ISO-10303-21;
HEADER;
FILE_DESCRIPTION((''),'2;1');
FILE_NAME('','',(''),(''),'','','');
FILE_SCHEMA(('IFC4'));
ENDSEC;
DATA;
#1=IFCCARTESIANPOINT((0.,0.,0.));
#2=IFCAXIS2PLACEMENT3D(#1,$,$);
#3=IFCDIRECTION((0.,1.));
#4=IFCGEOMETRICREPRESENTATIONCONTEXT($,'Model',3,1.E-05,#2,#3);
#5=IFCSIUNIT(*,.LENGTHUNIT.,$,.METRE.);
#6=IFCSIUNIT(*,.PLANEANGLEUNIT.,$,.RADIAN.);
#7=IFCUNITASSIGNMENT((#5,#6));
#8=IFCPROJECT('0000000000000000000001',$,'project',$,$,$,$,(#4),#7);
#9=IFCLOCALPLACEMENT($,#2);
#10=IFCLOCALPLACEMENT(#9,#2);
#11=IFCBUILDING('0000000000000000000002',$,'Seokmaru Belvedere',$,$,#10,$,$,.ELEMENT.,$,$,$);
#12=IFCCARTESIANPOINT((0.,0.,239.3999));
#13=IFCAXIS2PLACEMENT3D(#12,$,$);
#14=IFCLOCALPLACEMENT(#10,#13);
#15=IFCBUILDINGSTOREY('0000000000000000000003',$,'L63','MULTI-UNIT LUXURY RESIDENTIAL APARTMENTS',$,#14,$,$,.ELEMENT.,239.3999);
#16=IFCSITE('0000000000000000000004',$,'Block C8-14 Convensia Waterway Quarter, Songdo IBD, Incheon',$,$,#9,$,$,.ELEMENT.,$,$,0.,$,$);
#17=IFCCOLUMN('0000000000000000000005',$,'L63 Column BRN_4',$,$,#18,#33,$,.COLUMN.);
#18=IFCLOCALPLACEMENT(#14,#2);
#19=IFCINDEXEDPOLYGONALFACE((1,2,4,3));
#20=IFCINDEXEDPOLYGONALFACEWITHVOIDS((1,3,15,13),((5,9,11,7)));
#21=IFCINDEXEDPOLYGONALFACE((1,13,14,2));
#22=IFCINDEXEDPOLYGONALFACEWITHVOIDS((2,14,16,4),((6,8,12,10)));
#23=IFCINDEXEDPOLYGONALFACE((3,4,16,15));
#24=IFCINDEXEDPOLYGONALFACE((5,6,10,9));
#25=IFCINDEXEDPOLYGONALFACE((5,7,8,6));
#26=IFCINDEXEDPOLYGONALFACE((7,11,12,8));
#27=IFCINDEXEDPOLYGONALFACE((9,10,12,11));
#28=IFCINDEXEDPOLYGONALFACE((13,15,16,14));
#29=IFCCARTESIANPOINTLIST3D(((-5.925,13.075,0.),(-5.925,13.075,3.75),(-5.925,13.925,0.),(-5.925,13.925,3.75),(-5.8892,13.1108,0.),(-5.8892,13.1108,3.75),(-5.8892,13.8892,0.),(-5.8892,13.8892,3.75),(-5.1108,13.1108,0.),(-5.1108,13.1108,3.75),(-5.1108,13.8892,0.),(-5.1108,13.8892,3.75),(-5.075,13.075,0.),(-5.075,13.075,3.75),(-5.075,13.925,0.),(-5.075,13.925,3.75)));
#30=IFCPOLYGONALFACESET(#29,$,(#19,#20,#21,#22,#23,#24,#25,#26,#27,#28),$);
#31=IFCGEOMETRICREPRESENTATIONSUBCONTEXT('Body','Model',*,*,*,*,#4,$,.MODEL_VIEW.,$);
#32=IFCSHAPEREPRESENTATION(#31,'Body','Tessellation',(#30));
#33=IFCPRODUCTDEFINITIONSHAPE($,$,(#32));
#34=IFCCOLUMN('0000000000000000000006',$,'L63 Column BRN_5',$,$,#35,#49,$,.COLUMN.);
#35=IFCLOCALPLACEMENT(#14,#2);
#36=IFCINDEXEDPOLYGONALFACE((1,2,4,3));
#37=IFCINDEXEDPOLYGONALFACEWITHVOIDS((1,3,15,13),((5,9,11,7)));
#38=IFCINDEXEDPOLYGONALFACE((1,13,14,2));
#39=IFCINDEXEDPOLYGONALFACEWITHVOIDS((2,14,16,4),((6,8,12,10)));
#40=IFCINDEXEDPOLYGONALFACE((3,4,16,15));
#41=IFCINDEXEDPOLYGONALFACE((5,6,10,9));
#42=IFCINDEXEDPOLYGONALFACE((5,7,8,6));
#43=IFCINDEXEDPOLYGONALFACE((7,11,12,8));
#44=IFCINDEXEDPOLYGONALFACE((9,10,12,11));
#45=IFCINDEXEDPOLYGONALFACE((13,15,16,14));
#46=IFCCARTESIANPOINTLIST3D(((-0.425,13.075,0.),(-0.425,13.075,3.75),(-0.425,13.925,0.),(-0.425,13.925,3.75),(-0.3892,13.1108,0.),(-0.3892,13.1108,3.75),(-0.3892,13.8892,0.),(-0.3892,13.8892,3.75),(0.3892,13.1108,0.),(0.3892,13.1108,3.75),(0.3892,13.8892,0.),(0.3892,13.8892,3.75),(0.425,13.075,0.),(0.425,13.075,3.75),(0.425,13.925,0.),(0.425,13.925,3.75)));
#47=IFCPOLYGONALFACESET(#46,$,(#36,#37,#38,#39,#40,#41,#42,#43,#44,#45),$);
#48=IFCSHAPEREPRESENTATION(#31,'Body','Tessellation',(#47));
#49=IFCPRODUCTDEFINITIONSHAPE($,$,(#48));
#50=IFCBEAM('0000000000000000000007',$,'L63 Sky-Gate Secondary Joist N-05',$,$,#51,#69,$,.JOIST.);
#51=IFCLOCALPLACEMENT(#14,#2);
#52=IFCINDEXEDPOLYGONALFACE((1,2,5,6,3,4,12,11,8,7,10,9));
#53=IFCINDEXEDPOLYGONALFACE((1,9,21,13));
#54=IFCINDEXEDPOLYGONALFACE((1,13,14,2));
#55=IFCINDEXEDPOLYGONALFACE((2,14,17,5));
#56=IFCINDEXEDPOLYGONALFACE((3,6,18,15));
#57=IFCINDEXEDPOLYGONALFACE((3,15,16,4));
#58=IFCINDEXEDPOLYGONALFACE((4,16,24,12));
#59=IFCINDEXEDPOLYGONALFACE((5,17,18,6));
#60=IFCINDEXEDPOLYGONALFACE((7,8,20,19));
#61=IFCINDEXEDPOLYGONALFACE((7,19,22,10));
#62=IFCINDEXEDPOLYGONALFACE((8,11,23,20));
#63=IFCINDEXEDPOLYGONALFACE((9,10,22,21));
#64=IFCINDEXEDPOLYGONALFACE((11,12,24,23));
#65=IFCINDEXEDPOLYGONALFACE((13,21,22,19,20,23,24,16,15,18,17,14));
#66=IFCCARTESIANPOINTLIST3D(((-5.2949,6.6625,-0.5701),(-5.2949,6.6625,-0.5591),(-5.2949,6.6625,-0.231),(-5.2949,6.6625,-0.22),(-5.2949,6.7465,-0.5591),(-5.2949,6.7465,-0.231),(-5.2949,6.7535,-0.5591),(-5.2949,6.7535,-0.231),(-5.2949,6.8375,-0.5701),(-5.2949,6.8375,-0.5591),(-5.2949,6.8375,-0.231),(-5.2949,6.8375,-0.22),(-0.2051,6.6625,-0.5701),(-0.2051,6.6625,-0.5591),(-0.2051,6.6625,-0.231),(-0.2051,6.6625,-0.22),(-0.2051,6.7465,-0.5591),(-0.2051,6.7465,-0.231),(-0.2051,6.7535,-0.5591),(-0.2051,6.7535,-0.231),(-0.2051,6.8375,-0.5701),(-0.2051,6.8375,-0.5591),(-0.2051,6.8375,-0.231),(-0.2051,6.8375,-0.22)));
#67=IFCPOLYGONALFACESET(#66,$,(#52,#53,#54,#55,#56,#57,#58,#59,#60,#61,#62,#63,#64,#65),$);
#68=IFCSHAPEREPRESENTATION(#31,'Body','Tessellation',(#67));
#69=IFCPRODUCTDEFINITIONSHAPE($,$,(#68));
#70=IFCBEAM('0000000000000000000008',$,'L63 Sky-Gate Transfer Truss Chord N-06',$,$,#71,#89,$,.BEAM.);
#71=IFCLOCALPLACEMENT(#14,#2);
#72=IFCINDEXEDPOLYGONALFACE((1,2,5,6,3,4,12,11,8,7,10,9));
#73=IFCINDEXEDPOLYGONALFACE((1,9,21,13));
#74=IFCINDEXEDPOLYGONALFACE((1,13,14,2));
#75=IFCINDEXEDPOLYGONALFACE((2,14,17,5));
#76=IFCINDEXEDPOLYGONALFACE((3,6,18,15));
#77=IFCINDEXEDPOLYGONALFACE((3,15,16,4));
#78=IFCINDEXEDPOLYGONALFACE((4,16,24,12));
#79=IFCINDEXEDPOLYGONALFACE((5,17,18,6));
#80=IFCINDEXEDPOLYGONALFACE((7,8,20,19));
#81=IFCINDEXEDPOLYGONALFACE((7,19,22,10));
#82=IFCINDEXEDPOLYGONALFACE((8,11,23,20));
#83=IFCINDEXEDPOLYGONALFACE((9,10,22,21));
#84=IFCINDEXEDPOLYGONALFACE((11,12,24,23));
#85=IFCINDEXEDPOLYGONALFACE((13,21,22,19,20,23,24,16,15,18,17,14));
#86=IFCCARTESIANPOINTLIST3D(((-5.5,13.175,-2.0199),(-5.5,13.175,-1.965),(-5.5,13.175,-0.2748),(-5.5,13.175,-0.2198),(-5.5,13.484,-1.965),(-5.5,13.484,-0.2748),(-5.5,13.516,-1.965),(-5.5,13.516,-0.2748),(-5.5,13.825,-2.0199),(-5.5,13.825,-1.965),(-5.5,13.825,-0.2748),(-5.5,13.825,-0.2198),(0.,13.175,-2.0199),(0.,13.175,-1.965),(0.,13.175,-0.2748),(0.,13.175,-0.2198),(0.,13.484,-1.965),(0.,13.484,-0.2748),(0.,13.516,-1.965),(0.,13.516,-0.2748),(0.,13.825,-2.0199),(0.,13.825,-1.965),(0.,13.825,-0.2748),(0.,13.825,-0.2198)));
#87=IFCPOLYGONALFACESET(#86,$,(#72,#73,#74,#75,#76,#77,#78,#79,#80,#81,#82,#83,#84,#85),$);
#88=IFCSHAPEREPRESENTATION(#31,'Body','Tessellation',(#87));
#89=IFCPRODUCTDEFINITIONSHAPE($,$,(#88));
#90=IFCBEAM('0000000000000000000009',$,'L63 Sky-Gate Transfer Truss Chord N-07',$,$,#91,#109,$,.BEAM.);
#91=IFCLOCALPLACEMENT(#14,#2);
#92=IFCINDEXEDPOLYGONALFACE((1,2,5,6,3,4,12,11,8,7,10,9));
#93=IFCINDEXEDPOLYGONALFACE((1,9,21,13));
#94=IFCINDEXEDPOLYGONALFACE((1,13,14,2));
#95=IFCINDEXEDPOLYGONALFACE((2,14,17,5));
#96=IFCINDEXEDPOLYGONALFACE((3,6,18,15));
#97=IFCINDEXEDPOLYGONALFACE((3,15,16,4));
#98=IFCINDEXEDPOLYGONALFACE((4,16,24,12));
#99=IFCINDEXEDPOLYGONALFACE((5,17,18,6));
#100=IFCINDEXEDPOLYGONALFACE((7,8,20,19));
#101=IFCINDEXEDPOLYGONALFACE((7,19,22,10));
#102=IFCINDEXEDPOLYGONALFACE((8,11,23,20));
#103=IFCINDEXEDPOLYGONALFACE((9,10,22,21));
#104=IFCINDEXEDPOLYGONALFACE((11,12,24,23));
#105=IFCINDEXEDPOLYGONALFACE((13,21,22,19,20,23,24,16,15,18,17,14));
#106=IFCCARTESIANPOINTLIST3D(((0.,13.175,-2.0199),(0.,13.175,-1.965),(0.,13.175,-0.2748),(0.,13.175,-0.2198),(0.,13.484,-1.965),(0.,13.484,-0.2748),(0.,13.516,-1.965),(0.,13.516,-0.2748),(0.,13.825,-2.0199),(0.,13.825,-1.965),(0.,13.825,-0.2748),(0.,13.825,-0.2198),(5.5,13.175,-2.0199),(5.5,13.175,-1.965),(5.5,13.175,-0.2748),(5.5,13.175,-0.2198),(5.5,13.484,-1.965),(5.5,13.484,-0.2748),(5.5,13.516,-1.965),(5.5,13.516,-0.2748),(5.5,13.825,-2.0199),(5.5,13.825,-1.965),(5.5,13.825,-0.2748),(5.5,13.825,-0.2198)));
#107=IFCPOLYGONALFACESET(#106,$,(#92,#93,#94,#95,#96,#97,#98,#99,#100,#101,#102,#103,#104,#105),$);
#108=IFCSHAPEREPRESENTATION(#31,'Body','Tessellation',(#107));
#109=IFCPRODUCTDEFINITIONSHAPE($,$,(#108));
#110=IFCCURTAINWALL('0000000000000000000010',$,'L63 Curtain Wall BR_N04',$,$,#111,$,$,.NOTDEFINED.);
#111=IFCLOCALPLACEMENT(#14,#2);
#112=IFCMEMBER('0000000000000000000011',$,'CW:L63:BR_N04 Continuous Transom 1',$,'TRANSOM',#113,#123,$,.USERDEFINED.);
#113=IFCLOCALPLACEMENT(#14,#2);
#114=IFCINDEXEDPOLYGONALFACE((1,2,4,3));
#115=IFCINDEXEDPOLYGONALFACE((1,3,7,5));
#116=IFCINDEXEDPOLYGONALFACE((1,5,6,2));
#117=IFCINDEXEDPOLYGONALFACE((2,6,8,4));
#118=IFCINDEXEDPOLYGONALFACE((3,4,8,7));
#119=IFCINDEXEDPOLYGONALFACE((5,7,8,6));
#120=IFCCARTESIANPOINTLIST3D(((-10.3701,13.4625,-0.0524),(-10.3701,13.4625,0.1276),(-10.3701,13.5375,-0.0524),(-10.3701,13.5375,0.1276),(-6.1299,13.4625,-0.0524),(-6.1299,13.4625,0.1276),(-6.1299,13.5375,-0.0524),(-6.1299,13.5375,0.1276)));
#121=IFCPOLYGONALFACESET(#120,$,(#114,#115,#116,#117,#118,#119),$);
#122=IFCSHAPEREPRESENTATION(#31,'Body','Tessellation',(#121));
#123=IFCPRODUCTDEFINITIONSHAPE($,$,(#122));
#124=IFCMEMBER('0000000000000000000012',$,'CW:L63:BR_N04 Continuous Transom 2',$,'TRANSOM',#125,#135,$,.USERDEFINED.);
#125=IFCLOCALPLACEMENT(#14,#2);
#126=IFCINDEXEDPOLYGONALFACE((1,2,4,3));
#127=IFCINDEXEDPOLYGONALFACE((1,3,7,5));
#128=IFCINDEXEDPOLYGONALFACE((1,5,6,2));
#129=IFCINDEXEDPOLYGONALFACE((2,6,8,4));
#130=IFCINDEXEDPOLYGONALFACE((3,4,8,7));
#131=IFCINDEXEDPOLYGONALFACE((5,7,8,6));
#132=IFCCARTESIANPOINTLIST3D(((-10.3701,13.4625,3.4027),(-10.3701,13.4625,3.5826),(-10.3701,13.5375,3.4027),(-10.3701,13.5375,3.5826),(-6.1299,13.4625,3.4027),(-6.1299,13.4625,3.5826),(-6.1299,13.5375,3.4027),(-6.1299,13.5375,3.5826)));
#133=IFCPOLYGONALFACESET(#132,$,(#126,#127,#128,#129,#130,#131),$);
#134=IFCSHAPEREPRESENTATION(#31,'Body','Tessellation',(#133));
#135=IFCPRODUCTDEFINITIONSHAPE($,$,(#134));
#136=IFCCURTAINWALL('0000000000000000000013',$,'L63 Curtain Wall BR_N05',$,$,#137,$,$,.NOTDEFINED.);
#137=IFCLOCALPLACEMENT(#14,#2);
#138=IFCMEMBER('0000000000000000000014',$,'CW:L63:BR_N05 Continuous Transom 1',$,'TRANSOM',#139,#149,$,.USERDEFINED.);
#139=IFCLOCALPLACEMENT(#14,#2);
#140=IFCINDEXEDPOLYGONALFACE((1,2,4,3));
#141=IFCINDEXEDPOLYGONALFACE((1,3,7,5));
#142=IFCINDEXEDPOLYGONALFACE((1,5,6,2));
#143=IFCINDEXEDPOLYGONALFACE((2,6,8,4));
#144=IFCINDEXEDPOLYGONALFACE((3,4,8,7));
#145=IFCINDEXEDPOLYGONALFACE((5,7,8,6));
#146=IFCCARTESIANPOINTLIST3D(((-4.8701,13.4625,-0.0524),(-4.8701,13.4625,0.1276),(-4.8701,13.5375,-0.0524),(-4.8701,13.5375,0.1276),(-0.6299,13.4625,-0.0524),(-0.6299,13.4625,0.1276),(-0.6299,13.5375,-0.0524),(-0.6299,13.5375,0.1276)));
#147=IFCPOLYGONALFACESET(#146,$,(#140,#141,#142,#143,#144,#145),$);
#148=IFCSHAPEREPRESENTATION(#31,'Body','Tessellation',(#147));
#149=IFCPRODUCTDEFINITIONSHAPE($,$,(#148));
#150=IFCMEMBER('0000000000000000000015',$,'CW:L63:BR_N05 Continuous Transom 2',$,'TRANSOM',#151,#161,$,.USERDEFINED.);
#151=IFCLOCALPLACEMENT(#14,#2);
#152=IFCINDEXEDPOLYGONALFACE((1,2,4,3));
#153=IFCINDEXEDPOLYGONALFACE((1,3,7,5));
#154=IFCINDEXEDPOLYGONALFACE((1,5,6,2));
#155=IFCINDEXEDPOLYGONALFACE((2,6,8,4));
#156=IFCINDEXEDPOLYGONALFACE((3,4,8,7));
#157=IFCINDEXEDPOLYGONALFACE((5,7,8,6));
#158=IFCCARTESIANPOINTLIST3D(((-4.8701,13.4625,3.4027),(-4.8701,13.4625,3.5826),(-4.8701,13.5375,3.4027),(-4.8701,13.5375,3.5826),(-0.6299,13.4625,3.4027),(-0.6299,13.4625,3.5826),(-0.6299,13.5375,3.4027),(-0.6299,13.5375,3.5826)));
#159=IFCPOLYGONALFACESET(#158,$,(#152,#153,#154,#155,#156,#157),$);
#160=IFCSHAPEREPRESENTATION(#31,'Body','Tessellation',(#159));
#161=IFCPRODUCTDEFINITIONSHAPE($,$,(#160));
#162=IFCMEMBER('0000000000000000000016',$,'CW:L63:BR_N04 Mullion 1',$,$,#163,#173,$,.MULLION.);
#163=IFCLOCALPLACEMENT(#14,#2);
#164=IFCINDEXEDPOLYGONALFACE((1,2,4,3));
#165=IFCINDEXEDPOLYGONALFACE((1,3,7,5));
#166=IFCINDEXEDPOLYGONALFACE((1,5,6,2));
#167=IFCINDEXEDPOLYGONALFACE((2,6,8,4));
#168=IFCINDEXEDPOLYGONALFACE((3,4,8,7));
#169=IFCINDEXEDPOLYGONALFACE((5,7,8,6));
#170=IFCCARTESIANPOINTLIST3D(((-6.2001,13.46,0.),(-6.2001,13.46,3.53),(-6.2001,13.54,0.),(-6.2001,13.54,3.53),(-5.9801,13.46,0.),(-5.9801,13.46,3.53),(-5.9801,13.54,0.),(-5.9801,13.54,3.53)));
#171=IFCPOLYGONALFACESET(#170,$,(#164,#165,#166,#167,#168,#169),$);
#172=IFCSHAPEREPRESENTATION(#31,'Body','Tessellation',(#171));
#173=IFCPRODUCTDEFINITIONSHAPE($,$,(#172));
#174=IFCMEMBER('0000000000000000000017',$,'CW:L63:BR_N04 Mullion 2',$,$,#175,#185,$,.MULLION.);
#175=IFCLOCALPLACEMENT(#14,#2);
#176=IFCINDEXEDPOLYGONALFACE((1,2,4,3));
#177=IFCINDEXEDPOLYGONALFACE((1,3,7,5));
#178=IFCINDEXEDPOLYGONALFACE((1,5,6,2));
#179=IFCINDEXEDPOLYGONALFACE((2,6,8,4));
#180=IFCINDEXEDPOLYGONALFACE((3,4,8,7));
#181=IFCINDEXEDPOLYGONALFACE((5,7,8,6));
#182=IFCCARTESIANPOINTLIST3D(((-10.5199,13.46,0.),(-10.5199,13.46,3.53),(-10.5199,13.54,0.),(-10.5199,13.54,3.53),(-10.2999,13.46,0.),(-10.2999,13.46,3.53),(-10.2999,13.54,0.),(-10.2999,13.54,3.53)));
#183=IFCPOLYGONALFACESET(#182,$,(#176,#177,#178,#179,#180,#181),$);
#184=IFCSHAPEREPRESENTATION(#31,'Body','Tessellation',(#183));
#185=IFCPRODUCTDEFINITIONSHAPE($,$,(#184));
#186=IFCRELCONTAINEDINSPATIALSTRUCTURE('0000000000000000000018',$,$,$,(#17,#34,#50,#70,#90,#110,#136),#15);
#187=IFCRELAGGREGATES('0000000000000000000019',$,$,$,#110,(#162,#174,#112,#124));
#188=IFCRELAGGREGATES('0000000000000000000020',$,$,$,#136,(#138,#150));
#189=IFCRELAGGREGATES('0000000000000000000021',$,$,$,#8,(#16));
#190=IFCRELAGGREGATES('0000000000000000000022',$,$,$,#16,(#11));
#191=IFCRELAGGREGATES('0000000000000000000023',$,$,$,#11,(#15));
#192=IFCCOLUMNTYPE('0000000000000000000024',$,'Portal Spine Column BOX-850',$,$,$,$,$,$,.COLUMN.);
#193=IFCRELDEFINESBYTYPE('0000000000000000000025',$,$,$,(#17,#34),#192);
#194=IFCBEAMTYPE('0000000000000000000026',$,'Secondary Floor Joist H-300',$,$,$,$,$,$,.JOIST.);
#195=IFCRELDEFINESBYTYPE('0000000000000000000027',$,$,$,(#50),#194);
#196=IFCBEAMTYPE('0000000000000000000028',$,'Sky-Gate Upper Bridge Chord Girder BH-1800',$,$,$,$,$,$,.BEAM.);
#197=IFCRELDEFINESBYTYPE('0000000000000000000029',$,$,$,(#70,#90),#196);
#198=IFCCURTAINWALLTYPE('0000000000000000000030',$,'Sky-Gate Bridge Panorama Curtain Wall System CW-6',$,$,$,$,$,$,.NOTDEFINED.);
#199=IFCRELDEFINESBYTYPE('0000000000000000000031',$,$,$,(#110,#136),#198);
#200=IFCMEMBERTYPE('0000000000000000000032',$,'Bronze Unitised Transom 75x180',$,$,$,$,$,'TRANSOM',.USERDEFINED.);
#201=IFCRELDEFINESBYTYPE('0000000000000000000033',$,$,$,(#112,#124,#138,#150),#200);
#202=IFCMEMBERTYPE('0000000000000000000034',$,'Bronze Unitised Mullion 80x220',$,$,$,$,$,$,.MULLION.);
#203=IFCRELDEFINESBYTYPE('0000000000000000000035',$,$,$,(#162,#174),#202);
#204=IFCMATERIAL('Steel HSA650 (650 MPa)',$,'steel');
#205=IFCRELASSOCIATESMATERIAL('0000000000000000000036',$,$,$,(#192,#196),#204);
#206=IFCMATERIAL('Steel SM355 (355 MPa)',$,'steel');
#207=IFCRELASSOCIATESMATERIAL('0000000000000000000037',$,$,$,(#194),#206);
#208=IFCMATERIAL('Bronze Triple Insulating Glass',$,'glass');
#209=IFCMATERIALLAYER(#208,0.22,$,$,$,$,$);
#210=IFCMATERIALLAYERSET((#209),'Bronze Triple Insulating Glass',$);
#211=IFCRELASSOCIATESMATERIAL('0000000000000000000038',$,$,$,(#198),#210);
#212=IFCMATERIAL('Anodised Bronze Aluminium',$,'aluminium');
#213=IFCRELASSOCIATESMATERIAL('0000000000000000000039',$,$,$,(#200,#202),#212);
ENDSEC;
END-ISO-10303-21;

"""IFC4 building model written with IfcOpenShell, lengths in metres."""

from ifc_helpers import new_model, si_unit, direction, frame, origin, origin_2d, place, context, subcontext, project, spatial, rectangle, hollow_rectangle, i_section, extrude, source, transform, mapped, material, layer, layer_set, material_profile, profile_set, type_object, type_shapes, element, aggregate, save


model = new_model("IFC4")

# Units and contexts
model_context = context("Model", 3, precision=1e-05, world=origin(), true_north=direction((0.0, 1.0)))
body_context = subcontext(model_context, "Body", "Model", "MODEL_VIEW")
ifc_project = project(units=[si_unit("LENGTHUNIT", "METRE"), si_unit("PLANEANGLEUNIT", "RADIAN")], contexts=[model_context])

# Site, building, storey
site_placement = place(None, origin())
site = spatial("IfcSite", under=ifc_project, at=site_placement, Name="Block C8-14 Convensia Waterway Quarter, Songdo IBD, Incheon", CompositionType="ELEMENT", RefElevation=0.0)
building_placement = place(site_placement, origin())
building = spatial("IfcBuilding", under=site, at=building_placement, Name="Seokmaru Belvedere", CompositionType="ELEMENT")
storey_placement = place(building_placement, frame((0.0, 0.0, 239.3999)))
storey = spatial("IfcBuildingStorey", under=building, at=storey_placement, Name="L63", Description="MULTI-UNIT LUXURY RESIDENTIAL APARTMENTS", CompositionType="ELEMENT", Elevation=239.3999)

# Columns
ifc_material_1 = material(Name="Steel HSA650 (650 MPa)", Category="steel")
ifc_material_profile_1 = material_profile(ifc_material_1, hollow_rectangle(XDim=0.8501, YDim=0.8501, WallThickness=0.0359, at=origin_2d()), Name="BOX-850x850x36")
ifc_profile_set_1 = profile_set([ifc_material_profile_1], Name="Steel HSA650 (650 MPa)")
column_type = type_object("IfcColumnType", Name="Portal Spine Column BOX-850", PredefinedType="COLUMN", material=ifc_profile_set_1)
shared_shape_1 = source(origin(), body_context, "Body", "SweptSolid", [
    extrude(hollow_rectangle(XDim=0.8501, YDim=0.8501, WallThickness=0.0359, at=origin_2d()), origin(), (0.0, 0.0, 1.0), 3.75),
])
type_shapes(column_type, [shared_shape_1])
for number, where, z_axis, x_axis, name in (
    (1, (-5.5, 13.5, 0.0), (0.0, 0.0, 1.0), (1.0, 0.0, 0.0), "L63 Column BRN_4"),
    (2, (0.0, 13.5, 0.0), (0.0, 0.0, 1.0), (1.0, 0.0, 0.0), "L63 Column BRN_5"),
):
    element("IfcColumn", number, at=place(storey_placement, frame(where, z_axis=z_axis, x_axis=x_axis)), inside=storey, type_object=column_type, Name=name, PredefinedType="COLUMN", context=body_context, shape_type="MappedRepresentation", body=[
        mapped(shared_shape_1, transform((0.0, 0.0, 0.0), scale=1.0)),
    ])

# Beams
ifc_material_2 = material(Name="Steel SM355 (355 MPa)", Category="steel")
ifc_material_profile_2 = material_profile(ifc_material_2, i_section(OverallWidth=0.175, OverallDepth=0.3501, WebThickness=0.0071, FlangeThickness=0.011, at=origin_2d()), Name="H-350x175x7x11")
ifc_profile_set_2 = profile_set([ifc_material_profile_2], Name="Steel SM355 (355 MPa)")
beam_type_1 = type_object("IfcBeamType", Name="Secondary Floor Joist H-300", PredefinedType="JOIST", material=ifc_profile_set_2)
shared_shape_2 = source(origin(), body_context, "Body", "SweptSolid", [
    extrude(i_section(OverallWidth=0.175, OverallDepth=0.3501, WebThickness=0.0071, FlangeThickness=0.011, at=origin_2d()), origin(), (0.0, 0.0, 1.0), 5.0898),
])
type_shapes(beam_type_1, [shared_shape_2])
beam_placement = place(storey_placement, frame((-5.2949, 6.75, -0.395), z_axis=(1.0, 0.0, 0.0), x_axis=(0.0, 1.0, 0.0)))
element("IfcBeam", 3, at=beam_placement, inside=storey, type_object=beam_type_1, Name="L63 Sky-Gate Secondary Joist N-05", PredefinedType="JOIST", context=body_context, shape_type="MappedRepresentation", body=[
    mapped(shared_shape_2, transform((0.0, 0.0, 0.0), scale=1.0)),
])
ifc_material_profile_3 = material_profile(ifc_material_1, i_section(OverallWidth=0.6499, OverallDepth=1.8, WebThickness=0.032, FlangeThickness=0.0549, at=origin_2d()), Name="BH-1800x650x32x55")
ifc_profile_set_3 = profile_set([ifc_material_profile_3], Name="Steel HSA650 (650 MPa)")
beam_type_2 = type_object("IfcBeamType", Name="Sky-Gate Upper Bridge Chord Girder BH-1800", PredefinedType="BEAM", material=ifc_profile_set_3)
shared_shape_3 = source(origin(), body_context, "Body", "SweptSolid", [
    extrude(i_section(OverallWidth=0.6499, OverallDepth=1.8, WebThickness=0.032, FlangeThickness=0.0549, at=origin_2d()), origin(), (0.0, 0.0, 1.0), 5.5),
])
type_shapes(beam_type_2, [shared_shape_3])
for number, where, z_axis, x_axis, name in (
    (4, (-5.5, 13.5, -1.1199), (1.0, 0.0, 0.0), (0.0, 1.0, 0.0), "L63 Sky-Gate Transfer Truss Chord N-06"),
    (5, (0.0, 13.5, -1.1199), (1.0, 0.0, 0.0), (0.0, 1.0, 0.0), "L63 Sky-Gate Transfer Truss Chord N-07"),
):
    element("IfcBeam", number, at=place(storey_placement, frame(where, z_axis=z_axis, x_axis=x_axis)), inside=storey, type_object=beam_type_2, Name=name, PredefinedType="BEAM", context=body_context, shape_type="MappedRepresentation", body=[
        mapped(shared_shape_3, transform((0.0, 0.0, 0.0), scale=1.0)),
    ])

# Curtain walls, members
ifc_material_3 = material(Name="Bronze Triple Insulating Glass", Category="glass")
ifc_layer_1 = layer(ifc_material_3, 0.22)
ifc_layer_set_1 = layer_set([ifc_layer_1], Name="Bronze Triple Insulating Glass")
curtain_wall_type = type_object("IfcCurtainWallType", Name="Sky-Gate Bridge Panorama Curtain Wall System CW-6", PredefinedType="NOTDEFINED", material=ifc_layer_set_1)
curtain_wall_1_placement = place(storey_placement, origin())
curtain_wall_1 = element("IfcCurtainWall", 6, at=curtain_wall_1_placement, inside=storey, type_object=curtain_wall_type, Name="L63 Curtain Wall BR_N04", PredefinedType="NOTDEFINED")
ifc_material_4 = material(Name="Anodised Bronze Aluminium", Category="aluminium")
ifc_material_profile_4 = material_profile(ifc_material_4, rectangle(XDim=0.075, YDim=0.1799, at=origin_2d()), Name="CW-T-75x180")
ifc_profile_set_4 = profile_set([ifc_material_profile_4], Name="Anodised Bronze Aluminium")
member_type_1 = type_object("IfcMemberType", Name="Bronze Unitised Transom 75x180", ElementType="TRANSOM", PredefinedType="USERDEFINED", material=ifc_profile_set_4)
shared_shape_4 = source(origin(), body_context, "Body", "SweptSolid", [
    extrude(rectangle(XDim=0.075, YDim=0.1799, at=origin_2d()), origin(), (0.0, 0.0, 1.0), 4.2402),
])
type_shapes(member_type_1, [shared_shape_4])
member_1_placement = place(storey_placement, frame((-6.1299, 13.5, 0.0376), z_axis=(-1.0, 0.0, 0.0), x_axis=(0.0, -1.0, 0.0)))
member_1 = element("IfcMember", 7, at=member_1_placement, type_object=member_type_1, Name="CW:L63:BR_N04 Continuous Transom 1", ObjectType="TRANSOM", PredefinedType="USERDEFINED", context=body_context, shape_type="MappedRepresentation", body=[
    mapped(shared_shape_4, transform((0.0, 0.0, 0.0), scale=1.0)),
])
member_2_placement = place(storey_placement, frame((-6.1299, 13.5, 3.4927), z_axis=(-1.0, 0.0, 0.0), x_axis=(0.0, -1.0, 0.0)))
member_2 = element("IfcMember", 8, at=member_2_placement, type_object=member_type_1, Name="CW:L63:BR_N04 Continuous Transom 2", ObjectType="TRANSOM", PredefinedType="USERDEFINED", context=body_context, shape_type="MappedRepresentation", body=[
    mapped(shared_shape_4, transform((0.0, 0.0, 0.0), scale=1.0)),
])
curtain_wall_2_placement = place(storey_placement, origin())
curtain_wall_2 = element("IfcCurtainWall", 9, at=curtain_wall_2_placement, inside=storey, type_object=curtain_wall_type, Name="L63 Curtain Wall BR_N05", PredefinedType="NOTDEFINED")
member_3_placement = place(storey_placement, frame((-0.6299, 13.5, 0.0376), z_axis=(-1.0, 0.0, 0.0), x_axis=(0.0, -1.0, 0.0)))
member_3 = element("IfcMember", 10, at=member_3_placement, type_object=member_type_1, Name="CW:L63:BR_N05 Continuous Transom 1", ObjectType="TRANSOM", PredefinedType="USERDEFINED", context=body_context, shape_type="MappedRepresentation", body=[
    mapped(shared_shape_4, transform((0.0, 0.0, 0.0), scale=1.0)),
])
member_4_placement = place(storey_placement, frame((-0.6299, 13.5, 3.4927), z_axis=(-1.0, 0.0, 0.0), x_axis=(0.0, -1.0, 0.0)))
member_4 = element("IfcMember", 11, at=member_4_placement, type_object=member_type_1, Name="CW:L63:BR_N05 Continuous Transom 2", ObjectType="TRANSOM", PredefinedType="USERDEFINED", context=body_context, shape_type="MappedRepresentation", body=[
    mapped(shared_shape_4, transform((0.0, 0.0, 0.0), scale=1.0)),
])

# Members
ifc_material_profile_5 = material_profile(ifc_material_4, rectangle(XDim=0.0801, YDim=0.22, at=origin_2d()), Name="CW-M-80x220")
ifc_profile_set_5 = profile_set([ifc_material_profile_5], Name="Anodised Bronze Aluminium")
member_type_2 = type_object("IfcMemberType", Name="Bronze Unitised Mullion 80x220", PredefinedType="MULLION", material=ifc_profile_set_5)
shared_shape_5 = source(origin(), body_context, "Body", "SweptSolid", [
    extrude(rectangle(XDim=0.0801, YDim=0.22, at=origin_2d()), origin(), (0.0, 0.0, 1.0), 3.53),
])
type_shapes(member_type_2, [shared_shape_5])
member_5_placement = place(storey_placement, frame((-6.0901, 13.5, 0.0), z_axis=(0.0, 0.0, 1.0), x_axis=(0.0, -1.0, 0.0)))
member_5 = element("IfcMember", 12, at=member_5_placement, type_object=member_type_2, Name="CW:L63:BR_N04 Mullion 1", PredefinedType="MULLION", context=body_context, shape_type="MappedRepresentation", body=[
    mapped(shared_shape_5, transform((0.0, 0.0, 0.0), scale=1.0)),
])
member_6_placement = place(storey_placement, frame((-10.4099, 13.5, 0.0), z_axis=(0.0, 0.0, 1.0), x_axis=(0.0, -1.0, 0.0)))
member_6 = element("IfcMember", 13, at=member_6_placement, type_object=member_type_2, Name="CW:L63:BR_N04 Mullion 2", PredefinedType="MULLION", context=body_context, shape_type="MappedRepresentation", body=[
    mapped(shared_shape_5, transform((0.0, 0.0, 0.0), scale=1.0)),
])

aggregate(curtain_wall_1, [member_5, member_6, member_1, member_2])
aggregate(curtain_wall_2, [member_3, member_4])

save(model, "model.ifc")
